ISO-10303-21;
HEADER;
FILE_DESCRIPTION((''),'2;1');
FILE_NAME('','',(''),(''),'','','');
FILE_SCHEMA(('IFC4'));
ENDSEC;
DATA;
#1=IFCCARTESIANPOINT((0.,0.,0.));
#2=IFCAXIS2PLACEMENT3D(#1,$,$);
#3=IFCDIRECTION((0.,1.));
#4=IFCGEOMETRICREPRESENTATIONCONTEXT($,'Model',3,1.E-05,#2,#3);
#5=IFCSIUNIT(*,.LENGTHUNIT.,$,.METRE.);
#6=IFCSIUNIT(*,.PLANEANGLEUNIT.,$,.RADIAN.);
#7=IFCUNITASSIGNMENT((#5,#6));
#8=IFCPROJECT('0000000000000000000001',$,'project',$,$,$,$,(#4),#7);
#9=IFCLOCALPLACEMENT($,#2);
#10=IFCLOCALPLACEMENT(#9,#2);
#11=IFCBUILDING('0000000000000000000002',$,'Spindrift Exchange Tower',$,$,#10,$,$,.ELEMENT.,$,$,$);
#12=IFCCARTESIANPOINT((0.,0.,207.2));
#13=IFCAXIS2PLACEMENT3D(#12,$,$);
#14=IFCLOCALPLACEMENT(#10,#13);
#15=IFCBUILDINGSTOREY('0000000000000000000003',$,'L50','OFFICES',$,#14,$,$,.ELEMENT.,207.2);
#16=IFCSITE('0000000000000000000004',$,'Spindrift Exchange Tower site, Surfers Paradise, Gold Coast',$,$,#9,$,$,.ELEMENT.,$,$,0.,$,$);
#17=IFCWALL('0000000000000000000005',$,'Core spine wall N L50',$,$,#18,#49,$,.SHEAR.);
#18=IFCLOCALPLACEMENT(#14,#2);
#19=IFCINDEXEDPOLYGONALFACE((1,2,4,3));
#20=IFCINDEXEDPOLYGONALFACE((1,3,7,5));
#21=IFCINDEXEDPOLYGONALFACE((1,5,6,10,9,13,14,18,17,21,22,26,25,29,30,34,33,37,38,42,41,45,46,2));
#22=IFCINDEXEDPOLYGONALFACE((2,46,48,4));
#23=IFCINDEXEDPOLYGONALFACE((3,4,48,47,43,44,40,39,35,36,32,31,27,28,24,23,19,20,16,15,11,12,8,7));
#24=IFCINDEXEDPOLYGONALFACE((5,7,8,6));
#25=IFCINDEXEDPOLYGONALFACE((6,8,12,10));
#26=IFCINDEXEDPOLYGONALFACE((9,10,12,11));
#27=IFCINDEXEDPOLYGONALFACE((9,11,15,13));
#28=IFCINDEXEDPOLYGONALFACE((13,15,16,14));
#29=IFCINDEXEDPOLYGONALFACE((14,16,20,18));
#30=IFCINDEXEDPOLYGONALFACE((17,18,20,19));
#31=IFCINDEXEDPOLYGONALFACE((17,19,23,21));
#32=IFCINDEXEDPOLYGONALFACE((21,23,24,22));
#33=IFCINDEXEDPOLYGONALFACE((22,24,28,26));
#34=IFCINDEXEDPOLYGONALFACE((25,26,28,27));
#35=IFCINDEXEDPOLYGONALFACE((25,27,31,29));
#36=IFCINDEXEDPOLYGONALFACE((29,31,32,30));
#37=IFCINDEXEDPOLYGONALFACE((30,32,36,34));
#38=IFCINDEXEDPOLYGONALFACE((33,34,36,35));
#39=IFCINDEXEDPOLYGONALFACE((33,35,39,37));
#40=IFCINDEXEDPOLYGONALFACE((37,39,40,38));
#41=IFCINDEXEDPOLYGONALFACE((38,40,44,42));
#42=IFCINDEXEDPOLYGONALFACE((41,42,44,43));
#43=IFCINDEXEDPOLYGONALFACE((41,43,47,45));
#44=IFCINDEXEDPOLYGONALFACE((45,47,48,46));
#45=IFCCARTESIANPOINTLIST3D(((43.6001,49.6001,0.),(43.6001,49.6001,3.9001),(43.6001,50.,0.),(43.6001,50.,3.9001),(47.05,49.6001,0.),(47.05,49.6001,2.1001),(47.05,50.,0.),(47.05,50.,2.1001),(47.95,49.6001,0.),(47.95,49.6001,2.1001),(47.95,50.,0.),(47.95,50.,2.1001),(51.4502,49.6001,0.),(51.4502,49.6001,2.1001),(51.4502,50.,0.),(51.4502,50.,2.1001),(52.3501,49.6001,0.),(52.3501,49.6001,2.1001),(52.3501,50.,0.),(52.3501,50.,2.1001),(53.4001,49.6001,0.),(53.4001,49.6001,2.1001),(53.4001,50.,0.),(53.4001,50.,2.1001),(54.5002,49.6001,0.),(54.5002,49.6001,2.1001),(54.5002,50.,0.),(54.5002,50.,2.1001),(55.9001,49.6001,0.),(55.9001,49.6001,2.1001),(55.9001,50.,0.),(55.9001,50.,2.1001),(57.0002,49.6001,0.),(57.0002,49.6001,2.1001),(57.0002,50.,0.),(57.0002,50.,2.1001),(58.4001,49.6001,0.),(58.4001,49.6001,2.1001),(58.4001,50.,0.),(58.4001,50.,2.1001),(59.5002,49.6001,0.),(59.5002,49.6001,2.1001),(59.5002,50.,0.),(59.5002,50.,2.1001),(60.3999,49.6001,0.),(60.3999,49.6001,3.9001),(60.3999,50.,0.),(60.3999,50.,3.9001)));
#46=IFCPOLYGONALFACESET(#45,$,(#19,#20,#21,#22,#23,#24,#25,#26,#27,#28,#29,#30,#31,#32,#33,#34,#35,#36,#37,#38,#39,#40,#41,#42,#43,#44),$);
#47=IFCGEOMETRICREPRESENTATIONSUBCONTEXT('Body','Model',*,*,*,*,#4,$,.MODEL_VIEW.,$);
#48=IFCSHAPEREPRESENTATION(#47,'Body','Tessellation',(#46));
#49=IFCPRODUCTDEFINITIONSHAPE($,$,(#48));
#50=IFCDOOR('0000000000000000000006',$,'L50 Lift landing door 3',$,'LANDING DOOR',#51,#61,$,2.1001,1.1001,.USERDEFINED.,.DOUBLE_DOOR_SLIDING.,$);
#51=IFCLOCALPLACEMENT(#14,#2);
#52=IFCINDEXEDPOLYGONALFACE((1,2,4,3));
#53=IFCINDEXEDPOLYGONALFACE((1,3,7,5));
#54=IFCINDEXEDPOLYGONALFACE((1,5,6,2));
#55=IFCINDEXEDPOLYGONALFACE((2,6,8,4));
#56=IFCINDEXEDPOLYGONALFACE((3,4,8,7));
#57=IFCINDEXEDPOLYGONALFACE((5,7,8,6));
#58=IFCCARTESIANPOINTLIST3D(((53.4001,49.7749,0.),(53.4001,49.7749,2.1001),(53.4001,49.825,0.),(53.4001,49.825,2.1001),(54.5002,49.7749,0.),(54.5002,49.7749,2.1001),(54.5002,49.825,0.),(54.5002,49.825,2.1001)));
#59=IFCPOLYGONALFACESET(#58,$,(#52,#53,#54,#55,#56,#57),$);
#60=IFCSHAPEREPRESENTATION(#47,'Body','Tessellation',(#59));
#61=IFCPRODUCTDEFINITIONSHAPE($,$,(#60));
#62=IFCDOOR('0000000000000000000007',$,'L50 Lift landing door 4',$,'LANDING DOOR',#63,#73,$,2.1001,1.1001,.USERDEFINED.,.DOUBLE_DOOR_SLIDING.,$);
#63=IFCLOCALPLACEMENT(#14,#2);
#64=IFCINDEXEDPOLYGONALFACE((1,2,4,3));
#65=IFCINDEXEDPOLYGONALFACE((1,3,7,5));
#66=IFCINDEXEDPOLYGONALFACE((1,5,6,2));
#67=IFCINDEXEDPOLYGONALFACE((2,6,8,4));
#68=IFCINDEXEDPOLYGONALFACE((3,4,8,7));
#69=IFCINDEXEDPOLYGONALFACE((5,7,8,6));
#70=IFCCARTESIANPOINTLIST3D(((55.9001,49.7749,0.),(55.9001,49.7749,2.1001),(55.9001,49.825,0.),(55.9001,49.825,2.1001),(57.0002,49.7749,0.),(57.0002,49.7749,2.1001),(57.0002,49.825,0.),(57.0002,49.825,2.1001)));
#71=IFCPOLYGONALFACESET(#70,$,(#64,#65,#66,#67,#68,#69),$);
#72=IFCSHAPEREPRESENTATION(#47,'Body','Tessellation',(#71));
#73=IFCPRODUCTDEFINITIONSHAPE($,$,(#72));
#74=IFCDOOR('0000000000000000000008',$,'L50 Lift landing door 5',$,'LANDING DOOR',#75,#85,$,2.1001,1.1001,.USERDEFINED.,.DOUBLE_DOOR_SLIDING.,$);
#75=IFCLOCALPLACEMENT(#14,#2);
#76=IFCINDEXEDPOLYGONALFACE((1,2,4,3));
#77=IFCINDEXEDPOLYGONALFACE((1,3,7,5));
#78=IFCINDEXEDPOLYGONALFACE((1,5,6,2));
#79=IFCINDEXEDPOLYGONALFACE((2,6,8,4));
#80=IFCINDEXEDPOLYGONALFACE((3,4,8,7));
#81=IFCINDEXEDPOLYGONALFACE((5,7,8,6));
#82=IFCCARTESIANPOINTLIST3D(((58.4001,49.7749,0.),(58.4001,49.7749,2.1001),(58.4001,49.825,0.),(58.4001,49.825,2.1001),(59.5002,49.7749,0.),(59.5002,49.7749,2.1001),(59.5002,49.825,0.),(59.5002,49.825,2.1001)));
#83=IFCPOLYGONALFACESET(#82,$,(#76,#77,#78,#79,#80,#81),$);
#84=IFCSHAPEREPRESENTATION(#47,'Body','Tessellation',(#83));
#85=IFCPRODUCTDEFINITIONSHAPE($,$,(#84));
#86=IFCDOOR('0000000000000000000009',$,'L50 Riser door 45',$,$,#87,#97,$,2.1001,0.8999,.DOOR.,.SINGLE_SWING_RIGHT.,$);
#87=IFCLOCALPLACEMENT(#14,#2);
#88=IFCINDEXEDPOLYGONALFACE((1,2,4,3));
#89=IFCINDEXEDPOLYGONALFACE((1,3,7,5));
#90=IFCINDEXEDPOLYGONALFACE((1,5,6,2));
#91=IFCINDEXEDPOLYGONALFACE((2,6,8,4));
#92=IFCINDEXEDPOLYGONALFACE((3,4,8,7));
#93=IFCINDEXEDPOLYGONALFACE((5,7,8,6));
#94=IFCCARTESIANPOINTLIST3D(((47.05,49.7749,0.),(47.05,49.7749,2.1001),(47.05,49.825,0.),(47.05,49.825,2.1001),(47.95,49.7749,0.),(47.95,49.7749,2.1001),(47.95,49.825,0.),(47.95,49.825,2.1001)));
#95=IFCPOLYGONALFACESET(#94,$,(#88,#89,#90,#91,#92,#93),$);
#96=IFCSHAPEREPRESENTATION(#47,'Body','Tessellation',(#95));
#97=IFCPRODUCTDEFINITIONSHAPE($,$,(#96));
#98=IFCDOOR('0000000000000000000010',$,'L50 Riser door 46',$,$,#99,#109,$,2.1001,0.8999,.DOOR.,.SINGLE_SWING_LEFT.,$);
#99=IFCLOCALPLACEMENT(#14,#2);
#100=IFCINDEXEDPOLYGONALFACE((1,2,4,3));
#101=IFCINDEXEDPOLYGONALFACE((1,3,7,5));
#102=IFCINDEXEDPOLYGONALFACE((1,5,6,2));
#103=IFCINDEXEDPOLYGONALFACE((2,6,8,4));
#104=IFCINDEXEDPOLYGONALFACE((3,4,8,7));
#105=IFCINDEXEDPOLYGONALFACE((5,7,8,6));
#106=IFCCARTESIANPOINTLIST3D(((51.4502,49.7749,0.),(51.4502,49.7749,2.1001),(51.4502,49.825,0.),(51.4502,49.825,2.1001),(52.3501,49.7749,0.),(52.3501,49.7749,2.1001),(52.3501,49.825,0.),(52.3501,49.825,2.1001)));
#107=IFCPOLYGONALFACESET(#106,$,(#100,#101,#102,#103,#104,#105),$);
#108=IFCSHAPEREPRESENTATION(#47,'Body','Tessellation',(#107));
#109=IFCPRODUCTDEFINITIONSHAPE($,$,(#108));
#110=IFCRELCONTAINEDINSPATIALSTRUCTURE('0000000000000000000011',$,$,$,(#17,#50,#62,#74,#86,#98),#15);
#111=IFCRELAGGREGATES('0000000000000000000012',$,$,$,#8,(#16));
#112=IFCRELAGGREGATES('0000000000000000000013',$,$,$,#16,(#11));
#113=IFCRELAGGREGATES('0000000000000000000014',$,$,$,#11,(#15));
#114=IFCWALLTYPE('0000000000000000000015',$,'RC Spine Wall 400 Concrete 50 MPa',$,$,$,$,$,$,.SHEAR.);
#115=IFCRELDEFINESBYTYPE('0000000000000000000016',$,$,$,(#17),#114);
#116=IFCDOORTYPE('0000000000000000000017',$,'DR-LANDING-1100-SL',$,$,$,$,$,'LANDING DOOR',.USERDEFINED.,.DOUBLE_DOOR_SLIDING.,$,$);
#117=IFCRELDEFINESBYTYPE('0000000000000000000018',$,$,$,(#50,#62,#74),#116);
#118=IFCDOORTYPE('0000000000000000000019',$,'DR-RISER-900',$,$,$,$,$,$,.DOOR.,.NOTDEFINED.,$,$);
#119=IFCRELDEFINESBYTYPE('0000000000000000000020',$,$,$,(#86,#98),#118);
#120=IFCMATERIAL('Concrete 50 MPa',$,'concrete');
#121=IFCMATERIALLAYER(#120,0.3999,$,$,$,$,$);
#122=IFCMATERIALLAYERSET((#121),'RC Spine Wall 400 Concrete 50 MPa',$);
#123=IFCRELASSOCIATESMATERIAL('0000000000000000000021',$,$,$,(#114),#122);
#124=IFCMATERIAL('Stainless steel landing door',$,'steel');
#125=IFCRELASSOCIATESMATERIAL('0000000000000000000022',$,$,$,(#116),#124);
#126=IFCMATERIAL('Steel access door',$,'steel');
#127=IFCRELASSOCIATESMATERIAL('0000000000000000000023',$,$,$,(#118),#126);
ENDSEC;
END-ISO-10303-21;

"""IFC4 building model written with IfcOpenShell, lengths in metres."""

from ifc_helpers import new_model, si_unit, direction, frame, frame_2d, origin, place, context, subcontext, project, spatial, rectangle, extrude, source, transform, mapped, material, layer, layer_set, type_object, element, fill, save


model = new_model("IFC4")

# Units and contexts
model_context = context("Model", 3, precision=1e-05, world=origin(), true_north=direction((0.0, 1.0)))
body_context = subcontext(model_context, "Body", "Model", "MODEL_VIEW")
ifc_project = project(units=[si_unit("LENGTHUNIT", "METRE"), si_unit("PLANEANGLEUNIT", "RADIAN")], contexts=[model_context])

# Site, building, storey
site_placement = place(None, origin())
site = spatial("IfcSite", under=ifc_project, at=site_placement, Name="Spindrift Exchange Tower site, Surfers Paradise, Gold Coast", CompositionType="ELEMENT", RefElevation=0.0)
building_placement = place(site_placement, origin())
building = spatial("IfcBuilding", under=site, at=building_placement, Name="Spindrift Exchange Tower", CompositionType="ELEMENT")
storey_placement = place(building_placement, frame((0.0, 0.0, 207.2)))
storey = spatial("IfcBuildingStorey", under=building, at=storey_placement, Name="L50", Description="OFFICES", CompositionType="ELEMENT", Elevation=207.2)

# Wall, openings, doors
ifc_material_1 = material(Name="Concrete 50 MPa", Category="concrete")
ifc_layer_1 = layer(ifc_material_1, 0.3999)
ifc_layer_set_1 = layer_set([ifc_layer_1], Name="RC Spine Wall 400 Concrete 50 MPa")
wall_type_1 = type_object("IfcWallType", Name="RC Spine Wall 400 Concrete 50 MPa", PredefinedType="SHEAR", material=ifc_layer_set_1)
wall_1_placement = place(storey_placement, frame((43.6001, 49.8, 0.0), z_axis=(0.0, 0.0, 1.0), x_axis=(1.0, 0.0, 0.0)))
wall_1 = element("IfcWall", 1, at=wall_1_placement, inside=storey, type_object=wall_type_1, Name="Core spine wall N L50", PredefinedType="SHEAR", context=body_context, shape_type="SweptSolid", body=[
    extrude(rectangle(XDim=16.7998, YDim=0.3999, at=frame_2d((8.3999, 0.0))), origin(), (0.0, 0.0, 1.0), 3.9001),
])
opening_1_placement = place(wall_1_placement, frame((9.8, 0.0, 0.0)))
opening_1 = element("IfcOpeningElement", 2, at=opening_1_placement, cuts=wall_1, PredefinedType="OPENING", context=body_context, shape_type="SweptSolid", body=[
    extrude(rectangle(XDim=1.1001, YDim=2.1001, at=frame_2d((0.55, 1.05))), frame((0.0, 0.21, 0.0), z_axis=(0.0, -1.0, 0.0), x_axis=(1.0, 0.0, 0.0)), (0.0, 0.0, 1.0), 0.4199),
])
opening_2_placement = place(wall_1_placement, frame((12.3, 0.0, 0.0)))
opening_2 = element("IfcOpeningElement", 3, at=opening_2_placement, cuts=wall_1, PredefinedType="OPENING", context=body_context, shape_type="SweptSolid", body=[
    extrude(rectangle(XDim=1.1001, YDim=2.1001, at=frame_2d((0.55, 1.05))), frame((0.0, 0.21, 0.0), z_axis=(0.0, -1.0, 0.0), x_axis=(1.0, 0.0, 0.0)), (0.0, 0.0, 1.0), 0.4199),
])
opening_3_placement = place(wall_1_placement, frame((14.8, 0.0, 0.0)))
opening_3 = element("IfcOpeningElement", 4, at=opening_3_placement, cuts=wall_1, PredefinedType="OPENING", context=body_context, shape_type="SweptSolid", body=[
    extrude(rectangle(XDim=1.1001, YDim=2.1001, at=frame_2d((0.55, 1.05))), frame((0.0, 0.21, 0.0), z_axis=(0.0, -1.0, 0.0), x_axis=(1.0, 0.0, 0.0)), (0.0, 0.0, 1.0), 0.4199),
])
opening_4_placement = place(wall_1_placement, frame((3.45, 0.0, 0.0)))
opening_4 = element("IfcOpeningElement", 5, at=opening_4_placement, cuts=wall_1, PredefinedType="OPENING", context=body_context, shape_type="SweptSolid", body=[
    extrude(rectangle(XDim=0.8999, YDim=2.1001, at=frame_2d((0.45, 1.05))), frame((0.0, 0.21, 0.0), z_axis=(0.0, -1.0, 0.0), x_axis=(1.0, 0.0, 0.0)), (0.0, 0.0, 1.0), 0.4199),
])
opening_5_placement = place(wall_1_placement, frame((7.8501, 0.0, 0.0)))
opening_5 = element("IfcOpeningElement", 6, at=opening_5_placement, cuts=wall_1, PredefinedType="OPENING", context=body_context, shape_type="SweptSolid", body=[
    extrude(rectangle(XDim=0.8999, YDim=2.1001, at=frame_2d((0.45, 1.05))), frame((0.0, 0.21, 0.0), z_axis=(0.0, -1.0, 0.0), x_axis=(1.0, 0.0, 0.0)), (0.0, 0.0, 1.0), 0.4199),
])
ifc_material_2 = material(Name="Stainless steel landing door", Category="steel")
door_type_1 = type_object("IfcDoorType", Name="DR-LANDING-1100-SL", ElementType="LANDING DOOR", OperationType="DOUBLE_DOOR_SLIDING", PredefinedType="USERDEFINED", material=ifc_material_2)
shared_shape_1 = source(origin(), body_context, "Body", "SweptSolid", [
    extrude(rectangle(XDim=1.1001, YDim=2.1001, at=frame_2d((0.55, 1.05))), frame((0.0, 0.0249, 0.0), z_axis=(0.0, -1.0, 0.0), x_axis=(1.0, 0.0, 0.0)), (0.0, 0.0, 1.0), 0.05),
])
door_1_placement = place(opening_1_placement, origin())
door_1 = element("IfcDoor", 7, at=door_1_placement, inside=storey, type_object=door_type_1, Name="L50 Lift landing door 3", ObjectType="LANDING DOOR", OperationType="DOUBLE_DOOR_SLIDING", OverallHeight=2.1001, OverallWidth=1.1001, PredefinedType="USERDEFINED", context=body_context, shape_type="MappedRepresentation", body=[
    mapped(shared_shape_1, transform((0.0, 0.0, 0.0), scale=1.0)),
])
fill(opening_1, door_1)
door_2_placement = place(opening_2_placement, origin())
door_2 = element("IfcDoor", 8, at=door_2_placement, inside=storey, type_object=door_type_1, Name="L50 Lift landing door 4", ObjectType="LANDING DOOR", OperationType="DOUBLE_DOOR_SLIDING", OverallHeight=2.1001, OverallWidth=1.1001, PredefinedType="USERDEFINED", context=body_context, shape_type="MappedRepresentation", body=[
    mapped(shared_shape_1, transform((0.0, 0.0, 0.0), scale=1.0)),
])
fill(opening_2, door_2)
door_3_placement = place(opening_3_placement, origin())
door_3 = element("IfcDoor", 9, at=door_3_placement, inside=storey, type_object=door_type_1, Name="L50 Lift landing door 5", ObjectType="LANDING DOOR", OperationType="DOUBLE_DOOR_SLIDING", OverallHeight=2.1001, OverallWidth=1.1001, PredefinedType="USERDEFINED", context=body_context, shape_type="MappedRepresentation", body=[
    mapped(shared_shape_1, transform((0.0, 0.0, 0.0), scale=1.0)),
])
fill(opening_3, door_3)
ifc_material_3 = material(Name="Steel access door", Category="steel")
door_type_2 = type_object("IfcDoorType", Name="DR-RISER-900", OperationType="NOTDEFINED", PredefinedType="DOOR", material=ifc_material_3)
shared_shape_2 = source(origin(), body_context, "Body", "SweptSolid", [
    extrude(rectangle(XDim=0.8999, YDim=2.1001, at=frame_2d((0.45, 1.05))), frame((0.0, 0.0249, 0.0), z_axis=(0.0, -1.0, 0.0), x_axis=(1.0, 0.0, 0.0)), (0.0, 0.0, 1.0), 0.05),
])
door_4_placement = place(opening_4_placement, origin())
door_4 = element("IfcDoor", 10, at=door_4_placement, inside=storey, type_object=door_type_2, Name="L50 Riser door 45", OperationType="SINGLE_SWING_RIGHT", OverallHeight=2.1001, OverallWidth=0.8999, PredefinedType="DOOR", context=body_context, shape_type="MappedRepresentation", body=[
    mapped(shared_shape_2, transform((0.0, 0.0, 0.0), scale=1.0)),
])
fill(opening_4, door_4)
door_5_placement = place(opening_5_placement, origin())
door_5 = element("IfcDoor", 11, at=door_5_placement, inside=storey, type_object=door_type_2, Name="L50 Riser door 46", OperationType="SINGLE_SWING_LEFT", OverallHeight=2.1001, OverallWidth=0.8999, PredefinedType="DOOR", context=body_context, shape_type="MappedRepresentation", body=[
    mapped(shared_shape_2, transform((0.0, 0.0, 0.0), scale=1.0)),
])
fill(opening_5, door_5)

save(model, "model.ifc")
